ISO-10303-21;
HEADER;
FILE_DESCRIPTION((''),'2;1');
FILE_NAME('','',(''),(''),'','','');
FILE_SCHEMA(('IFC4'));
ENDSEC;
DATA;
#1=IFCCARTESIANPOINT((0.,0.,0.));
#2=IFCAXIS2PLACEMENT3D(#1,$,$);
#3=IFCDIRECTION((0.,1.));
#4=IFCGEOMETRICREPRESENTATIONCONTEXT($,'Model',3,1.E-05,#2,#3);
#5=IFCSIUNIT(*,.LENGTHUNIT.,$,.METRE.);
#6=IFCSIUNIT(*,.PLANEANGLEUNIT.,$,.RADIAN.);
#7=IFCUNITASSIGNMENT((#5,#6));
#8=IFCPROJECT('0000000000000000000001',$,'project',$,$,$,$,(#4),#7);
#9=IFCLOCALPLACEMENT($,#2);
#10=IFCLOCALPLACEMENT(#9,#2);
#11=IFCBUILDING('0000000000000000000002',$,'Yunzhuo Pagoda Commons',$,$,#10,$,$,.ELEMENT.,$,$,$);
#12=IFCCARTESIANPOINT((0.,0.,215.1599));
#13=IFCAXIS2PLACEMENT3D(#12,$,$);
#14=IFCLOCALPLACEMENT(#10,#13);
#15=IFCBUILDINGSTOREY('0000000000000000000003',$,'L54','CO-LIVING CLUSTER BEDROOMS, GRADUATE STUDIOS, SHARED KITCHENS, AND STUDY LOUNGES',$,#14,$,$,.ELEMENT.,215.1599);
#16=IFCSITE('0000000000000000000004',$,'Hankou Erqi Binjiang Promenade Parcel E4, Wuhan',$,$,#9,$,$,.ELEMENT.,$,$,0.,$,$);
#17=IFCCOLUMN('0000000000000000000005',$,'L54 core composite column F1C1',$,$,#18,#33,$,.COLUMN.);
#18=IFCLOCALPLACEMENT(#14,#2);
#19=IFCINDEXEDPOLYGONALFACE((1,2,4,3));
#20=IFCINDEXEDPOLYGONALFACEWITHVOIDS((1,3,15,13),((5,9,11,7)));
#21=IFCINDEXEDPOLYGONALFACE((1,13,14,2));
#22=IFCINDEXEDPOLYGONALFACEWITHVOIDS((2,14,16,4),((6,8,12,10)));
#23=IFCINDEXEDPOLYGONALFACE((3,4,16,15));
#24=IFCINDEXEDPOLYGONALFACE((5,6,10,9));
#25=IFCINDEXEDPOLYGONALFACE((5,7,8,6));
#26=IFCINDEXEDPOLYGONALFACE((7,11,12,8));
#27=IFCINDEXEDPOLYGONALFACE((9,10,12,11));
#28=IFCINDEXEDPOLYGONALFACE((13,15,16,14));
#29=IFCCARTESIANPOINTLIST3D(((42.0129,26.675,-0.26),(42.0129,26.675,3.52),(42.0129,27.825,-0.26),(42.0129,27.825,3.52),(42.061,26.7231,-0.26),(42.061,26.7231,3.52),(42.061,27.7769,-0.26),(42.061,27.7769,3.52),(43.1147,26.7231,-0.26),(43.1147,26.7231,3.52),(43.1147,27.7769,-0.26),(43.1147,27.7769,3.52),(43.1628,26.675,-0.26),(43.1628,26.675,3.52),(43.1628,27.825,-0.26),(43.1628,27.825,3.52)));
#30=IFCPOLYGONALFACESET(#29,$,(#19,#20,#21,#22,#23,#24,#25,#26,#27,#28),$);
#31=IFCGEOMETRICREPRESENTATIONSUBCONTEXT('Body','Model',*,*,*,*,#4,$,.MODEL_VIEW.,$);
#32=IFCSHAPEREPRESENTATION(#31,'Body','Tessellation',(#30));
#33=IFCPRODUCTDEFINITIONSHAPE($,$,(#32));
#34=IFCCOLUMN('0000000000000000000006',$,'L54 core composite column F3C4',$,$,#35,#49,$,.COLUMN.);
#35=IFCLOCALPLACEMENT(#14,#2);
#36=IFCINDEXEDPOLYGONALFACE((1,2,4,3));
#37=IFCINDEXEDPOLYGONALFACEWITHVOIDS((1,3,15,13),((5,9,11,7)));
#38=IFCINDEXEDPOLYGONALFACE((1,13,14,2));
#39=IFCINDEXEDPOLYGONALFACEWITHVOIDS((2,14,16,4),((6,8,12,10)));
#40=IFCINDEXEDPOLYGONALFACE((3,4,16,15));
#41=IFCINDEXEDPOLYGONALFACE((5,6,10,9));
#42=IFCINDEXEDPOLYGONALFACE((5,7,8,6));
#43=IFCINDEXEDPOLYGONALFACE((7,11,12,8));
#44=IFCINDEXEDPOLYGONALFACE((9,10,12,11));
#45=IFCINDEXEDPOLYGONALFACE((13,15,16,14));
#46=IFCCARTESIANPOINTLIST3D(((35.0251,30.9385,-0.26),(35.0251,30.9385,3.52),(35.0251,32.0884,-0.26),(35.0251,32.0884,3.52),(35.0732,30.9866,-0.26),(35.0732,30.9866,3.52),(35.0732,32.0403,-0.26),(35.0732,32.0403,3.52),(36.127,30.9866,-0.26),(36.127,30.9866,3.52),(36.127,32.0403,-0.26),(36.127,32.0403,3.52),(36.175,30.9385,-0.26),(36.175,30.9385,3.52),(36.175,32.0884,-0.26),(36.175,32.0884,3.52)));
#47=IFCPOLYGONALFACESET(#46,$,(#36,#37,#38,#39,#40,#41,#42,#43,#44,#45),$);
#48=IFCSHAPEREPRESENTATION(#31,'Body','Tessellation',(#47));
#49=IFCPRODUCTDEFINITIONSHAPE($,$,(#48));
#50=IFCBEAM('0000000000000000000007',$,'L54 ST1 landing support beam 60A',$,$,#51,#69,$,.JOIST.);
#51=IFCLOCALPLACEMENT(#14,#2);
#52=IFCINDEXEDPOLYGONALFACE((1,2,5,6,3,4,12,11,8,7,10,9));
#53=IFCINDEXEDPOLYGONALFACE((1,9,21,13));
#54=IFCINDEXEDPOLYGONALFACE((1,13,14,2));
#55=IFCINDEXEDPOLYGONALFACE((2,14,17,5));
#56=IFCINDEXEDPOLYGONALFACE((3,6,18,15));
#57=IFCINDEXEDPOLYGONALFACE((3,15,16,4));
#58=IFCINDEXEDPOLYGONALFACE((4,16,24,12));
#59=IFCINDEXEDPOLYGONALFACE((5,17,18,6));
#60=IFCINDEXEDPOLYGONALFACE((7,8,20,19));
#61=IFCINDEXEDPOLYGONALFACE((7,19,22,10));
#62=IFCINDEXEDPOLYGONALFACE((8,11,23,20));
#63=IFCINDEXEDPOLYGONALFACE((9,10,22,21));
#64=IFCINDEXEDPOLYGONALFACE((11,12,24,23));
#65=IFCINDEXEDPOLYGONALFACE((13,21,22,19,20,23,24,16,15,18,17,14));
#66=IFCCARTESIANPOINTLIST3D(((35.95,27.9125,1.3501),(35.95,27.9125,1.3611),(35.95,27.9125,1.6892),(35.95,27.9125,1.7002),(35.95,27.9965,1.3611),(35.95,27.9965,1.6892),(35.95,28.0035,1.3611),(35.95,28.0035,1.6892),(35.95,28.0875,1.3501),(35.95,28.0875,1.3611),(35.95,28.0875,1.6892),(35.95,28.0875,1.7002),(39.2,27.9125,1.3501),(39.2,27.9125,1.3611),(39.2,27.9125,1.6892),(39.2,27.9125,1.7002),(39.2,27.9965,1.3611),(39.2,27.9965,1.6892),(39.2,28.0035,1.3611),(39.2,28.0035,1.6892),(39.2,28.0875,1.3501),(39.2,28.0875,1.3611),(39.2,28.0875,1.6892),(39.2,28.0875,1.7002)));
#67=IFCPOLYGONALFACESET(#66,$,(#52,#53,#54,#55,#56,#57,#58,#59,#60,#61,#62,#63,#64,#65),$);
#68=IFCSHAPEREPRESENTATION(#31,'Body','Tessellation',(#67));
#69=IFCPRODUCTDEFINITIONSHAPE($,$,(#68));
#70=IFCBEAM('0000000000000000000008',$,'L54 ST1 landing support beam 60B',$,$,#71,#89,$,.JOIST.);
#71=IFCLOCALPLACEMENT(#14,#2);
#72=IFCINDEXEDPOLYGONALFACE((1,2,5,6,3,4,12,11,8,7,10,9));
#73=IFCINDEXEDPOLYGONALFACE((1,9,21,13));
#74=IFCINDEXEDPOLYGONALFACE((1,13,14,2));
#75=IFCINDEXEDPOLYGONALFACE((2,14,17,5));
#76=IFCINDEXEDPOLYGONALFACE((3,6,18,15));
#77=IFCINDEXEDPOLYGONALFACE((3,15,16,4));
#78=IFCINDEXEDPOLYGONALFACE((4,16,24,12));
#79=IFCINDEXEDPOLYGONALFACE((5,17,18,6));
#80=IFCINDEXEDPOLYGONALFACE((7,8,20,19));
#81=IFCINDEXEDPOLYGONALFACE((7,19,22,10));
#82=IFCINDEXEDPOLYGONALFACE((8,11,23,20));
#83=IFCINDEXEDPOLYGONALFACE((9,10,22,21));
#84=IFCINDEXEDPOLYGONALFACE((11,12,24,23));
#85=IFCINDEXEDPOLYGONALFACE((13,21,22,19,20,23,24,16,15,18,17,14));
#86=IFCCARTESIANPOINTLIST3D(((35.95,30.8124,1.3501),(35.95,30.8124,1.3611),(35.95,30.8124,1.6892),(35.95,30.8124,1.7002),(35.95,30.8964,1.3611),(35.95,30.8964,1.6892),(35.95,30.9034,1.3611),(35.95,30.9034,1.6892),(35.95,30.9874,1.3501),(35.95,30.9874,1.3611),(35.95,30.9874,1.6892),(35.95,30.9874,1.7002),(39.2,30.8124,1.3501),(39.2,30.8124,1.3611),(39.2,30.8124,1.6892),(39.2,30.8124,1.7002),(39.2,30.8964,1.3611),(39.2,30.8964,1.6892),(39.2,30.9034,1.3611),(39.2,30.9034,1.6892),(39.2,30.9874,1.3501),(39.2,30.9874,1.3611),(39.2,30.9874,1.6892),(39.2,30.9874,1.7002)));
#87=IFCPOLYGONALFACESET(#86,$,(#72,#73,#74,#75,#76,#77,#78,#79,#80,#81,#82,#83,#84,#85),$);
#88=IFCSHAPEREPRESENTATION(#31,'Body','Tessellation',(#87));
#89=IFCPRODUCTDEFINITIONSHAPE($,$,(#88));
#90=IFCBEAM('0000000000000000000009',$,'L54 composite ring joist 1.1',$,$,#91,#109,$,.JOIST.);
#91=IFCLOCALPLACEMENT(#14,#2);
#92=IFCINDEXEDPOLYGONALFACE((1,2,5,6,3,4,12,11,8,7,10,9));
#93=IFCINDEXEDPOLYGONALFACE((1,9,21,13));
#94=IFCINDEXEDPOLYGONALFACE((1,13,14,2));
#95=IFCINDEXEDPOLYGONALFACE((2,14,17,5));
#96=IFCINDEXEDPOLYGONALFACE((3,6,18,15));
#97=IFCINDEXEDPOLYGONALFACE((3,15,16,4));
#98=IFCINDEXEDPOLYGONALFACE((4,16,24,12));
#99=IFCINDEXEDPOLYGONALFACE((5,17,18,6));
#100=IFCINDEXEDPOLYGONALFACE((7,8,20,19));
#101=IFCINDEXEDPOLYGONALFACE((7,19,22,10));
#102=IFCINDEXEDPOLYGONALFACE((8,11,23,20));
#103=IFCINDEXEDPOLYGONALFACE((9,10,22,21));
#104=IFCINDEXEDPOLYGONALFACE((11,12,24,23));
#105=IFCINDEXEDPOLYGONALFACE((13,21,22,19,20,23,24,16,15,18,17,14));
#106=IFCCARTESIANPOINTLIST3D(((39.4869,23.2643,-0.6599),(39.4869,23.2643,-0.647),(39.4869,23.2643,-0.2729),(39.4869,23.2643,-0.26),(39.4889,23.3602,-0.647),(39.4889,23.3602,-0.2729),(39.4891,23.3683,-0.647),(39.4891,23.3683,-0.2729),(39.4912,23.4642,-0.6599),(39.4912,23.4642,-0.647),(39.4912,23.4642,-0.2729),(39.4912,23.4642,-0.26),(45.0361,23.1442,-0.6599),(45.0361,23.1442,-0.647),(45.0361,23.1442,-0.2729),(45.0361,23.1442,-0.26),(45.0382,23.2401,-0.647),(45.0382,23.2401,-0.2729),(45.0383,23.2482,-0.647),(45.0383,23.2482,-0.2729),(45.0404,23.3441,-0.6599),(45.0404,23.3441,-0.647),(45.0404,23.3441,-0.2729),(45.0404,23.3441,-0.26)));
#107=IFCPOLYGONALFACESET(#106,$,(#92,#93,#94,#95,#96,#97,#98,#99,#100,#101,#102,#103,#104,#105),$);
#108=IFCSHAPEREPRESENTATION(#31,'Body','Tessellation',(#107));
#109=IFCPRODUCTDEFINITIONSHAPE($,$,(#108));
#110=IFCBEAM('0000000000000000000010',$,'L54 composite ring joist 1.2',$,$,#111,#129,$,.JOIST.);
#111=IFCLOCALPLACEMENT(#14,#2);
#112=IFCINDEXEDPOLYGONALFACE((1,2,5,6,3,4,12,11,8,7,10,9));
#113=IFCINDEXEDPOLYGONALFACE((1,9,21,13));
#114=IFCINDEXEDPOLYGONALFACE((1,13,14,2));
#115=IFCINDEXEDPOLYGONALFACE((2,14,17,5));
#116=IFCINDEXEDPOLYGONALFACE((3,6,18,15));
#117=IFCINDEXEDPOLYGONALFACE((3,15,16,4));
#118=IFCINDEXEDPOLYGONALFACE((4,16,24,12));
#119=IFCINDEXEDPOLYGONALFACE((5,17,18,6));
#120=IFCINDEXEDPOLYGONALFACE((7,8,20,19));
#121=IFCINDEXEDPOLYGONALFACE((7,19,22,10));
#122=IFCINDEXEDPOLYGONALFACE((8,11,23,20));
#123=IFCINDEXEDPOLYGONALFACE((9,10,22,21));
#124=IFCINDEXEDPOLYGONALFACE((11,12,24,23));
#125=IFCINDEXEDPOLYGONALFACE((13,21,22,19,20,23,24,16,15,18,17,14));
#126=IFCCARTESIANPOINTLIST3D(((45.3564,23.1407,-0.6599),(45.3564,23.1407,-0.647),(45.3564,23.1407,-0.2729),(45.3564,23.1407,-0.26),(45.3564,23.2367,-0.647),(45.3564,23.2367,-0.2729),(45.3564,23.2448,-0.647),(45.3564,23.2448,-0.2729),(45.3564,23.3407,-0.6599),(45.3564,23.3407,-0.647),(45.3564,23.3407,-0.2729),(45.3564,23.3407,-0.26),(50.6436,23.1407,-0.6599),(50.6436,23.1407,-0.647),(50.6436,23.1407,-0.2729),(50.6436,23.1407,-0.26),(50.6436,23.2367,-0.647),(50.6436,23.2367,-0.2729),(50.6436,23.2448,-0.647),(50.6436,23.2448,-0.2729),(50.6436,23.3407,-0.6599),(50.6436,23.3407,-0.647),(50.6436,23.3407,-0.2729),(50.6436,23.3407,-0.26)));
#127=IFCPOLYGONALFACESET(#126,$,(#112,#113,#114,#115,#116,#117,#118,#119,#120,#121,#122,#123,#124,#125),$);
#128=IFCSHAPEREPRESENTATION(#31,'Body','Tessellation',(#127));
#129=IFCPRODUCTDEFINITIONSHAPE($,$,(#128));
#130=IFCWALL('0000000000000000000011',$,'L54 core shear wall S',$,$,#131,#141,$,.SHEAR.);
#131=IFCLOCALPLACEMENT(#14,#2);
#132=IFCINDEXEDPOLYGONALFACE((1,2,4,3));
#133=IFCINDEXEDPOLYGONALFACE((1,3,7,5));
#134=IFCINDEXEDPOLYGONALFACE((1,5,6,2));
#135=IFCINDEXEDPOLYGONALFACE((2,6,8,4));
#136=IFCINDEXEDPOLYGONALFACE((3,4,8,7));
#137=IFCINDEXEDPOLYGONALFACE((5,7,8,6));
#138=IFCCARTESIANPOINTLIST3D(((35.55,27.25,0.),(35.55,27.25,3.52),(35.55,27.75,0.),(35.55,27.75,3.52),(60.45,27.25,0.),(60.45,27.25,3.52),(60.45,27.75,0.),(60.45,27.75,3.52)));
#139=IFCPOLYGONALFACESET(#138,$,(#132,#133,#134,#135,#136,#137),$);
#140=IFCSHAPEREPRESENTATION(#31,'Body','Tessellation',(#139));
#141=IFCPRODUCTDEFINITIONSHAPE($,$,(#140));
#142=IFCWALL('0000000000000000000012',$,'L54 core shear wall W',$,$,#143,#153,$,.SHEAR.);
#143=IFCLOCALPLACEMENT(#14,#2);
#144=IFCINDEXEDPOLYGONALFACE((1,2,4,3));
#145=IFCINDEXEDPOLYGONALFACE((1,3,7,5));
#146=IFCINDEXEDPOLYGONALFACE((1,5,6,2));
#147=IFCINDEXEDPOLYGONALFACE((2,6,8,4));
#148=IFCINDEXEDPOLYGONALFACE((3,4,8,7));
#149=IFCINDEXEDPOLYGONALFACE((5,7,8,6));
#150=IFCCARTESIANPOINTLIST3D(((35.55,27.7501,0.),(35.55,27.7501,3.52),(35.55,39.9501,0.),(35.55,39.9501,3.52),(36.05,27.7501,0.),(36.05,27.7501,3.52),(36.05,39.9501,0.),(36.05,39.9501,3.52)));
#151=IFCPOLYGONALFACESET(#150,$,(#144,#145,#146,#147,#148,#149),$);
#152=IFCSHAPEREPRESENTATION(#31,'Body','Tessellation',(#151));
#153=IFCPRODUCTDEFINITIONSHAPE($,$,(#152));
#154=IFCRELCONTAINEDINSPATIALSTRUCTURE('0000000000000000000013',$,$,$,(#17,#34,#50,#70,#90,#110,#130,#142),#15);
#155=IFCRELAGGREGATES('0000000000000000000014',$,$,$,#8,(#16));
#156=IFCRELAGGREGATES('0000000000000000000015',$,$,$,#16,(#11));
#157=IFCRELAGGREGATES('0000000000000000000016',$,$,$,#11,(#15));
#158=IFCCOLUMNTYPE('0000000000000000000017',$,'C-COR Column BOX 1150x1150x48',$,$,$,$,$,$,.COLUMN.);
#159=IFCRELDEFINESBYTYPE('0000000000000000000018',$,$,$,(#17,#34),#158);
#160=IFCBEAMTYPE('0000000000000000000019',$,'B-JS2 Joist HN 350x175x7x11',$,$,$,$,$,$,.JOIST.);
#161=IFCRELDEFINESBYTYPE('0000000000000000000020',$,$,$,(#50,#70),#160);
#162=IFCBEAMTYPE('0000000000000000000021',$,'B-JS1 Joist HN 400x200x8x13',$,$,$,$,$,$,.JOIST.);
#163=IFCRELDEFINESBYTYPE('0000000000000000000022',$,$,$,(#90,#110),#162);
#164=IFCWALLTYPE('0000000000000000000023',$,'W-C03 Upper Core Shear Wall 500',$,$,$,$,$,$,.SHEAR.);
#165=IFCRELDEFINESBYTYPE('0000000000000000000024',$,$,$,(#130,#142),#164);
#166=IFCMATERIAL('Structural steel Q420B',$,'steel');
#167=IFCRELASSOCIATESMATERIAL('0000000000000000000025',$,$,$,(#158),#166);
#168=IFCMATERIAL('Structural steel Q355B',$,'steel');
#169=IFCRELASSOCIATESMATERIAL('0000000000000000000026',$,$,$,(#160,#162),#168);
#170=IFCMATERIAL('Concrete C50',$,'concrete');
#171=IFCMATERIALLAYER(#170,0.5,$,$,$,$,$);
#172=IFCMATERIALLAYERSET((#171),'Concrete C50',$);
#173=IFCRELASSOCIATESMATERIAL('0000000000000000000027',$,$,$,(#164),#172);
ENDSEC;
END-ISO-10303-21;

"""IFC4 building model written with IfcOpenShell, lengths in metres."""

from ifc_helpers import new_model, si_unit, direction, frame, frame_2d, origin, origin_2d, place, context, subcontext, project, spatial, rectangle, hollow_rectangle, i_section, extrude, source, transform, mapped, material, layer, layer_set, material_profile, profile_set, type_object, element, save


model = new_model("IFC4")

# Units and contexts
model_context = context("Model", 3, precision=1e-05, world=origin(), true_north=direction((0.0, 1.0)))
body_context = subcontext(model_context, "Body", "Model", "MODEL_VIEW")
ifc_project = project(units=[si_unit("LENGTHUNIT", "METRE"), si_unit("PLANEANGLEUNIT", "RADIAN")], contexts=[model_context])

# Site, building, storey
site_placement = place(None, origin())
site = spatial("IfcSite", under=ifc_project, at=site_placement, Name="Hankou Erqi Binjiang Promenade Parcel E4, Wuhan", CompositionType="ELEMENT", RefElevation=0.0)
building_placement = place(site_placement, origin())
building = spatial("IfcBuilding", under=site, at=building_placement, Name="Yunzhuo Pagoda Commons", CompositionType="ELEMENT")
storey_placement = place(building_placement, frame((0.0, 0.0, 215.1599)))
storey = spatial("IfcBuildingStorey", under=building, at=storey_placement, Name="L54", Description="CO-LIVING CLUSTER BEDROOMS, GRADUATE STUDIOS, SHARED KITCHENS, AND STUDY LOUNGES", CompositionType="ELEMENT", Elevation=215.1599)

# Columns
ifc_material_1 = material(Name="Structural steel Q420B", Category="steel")
ifc_material_profile_1 = material_profile(ifc_material_1, hollow_rectangle(XDim=1.1499, YDim=1.1499, WallThickness=0.0481, at=origin_2d()), Name="Structural steel Q420B")
ifc_profile_set_1 = profile_set([ifc_material_profile_1], Name="Structural steel Q420B")
column_type = type_object("IfcColumnType", Name="C-COR Column BOX 1150x1150x48", PredefinedType="COLUMN", material=ifc_profile_set_1)
shared_shape_1 = source(origin(), body_context, "Body", "SweptSolid", [
    extrude(hollow_rectangle(XDim=1.1499, YDim=1.1499, WallThickness=0.0481, at=origin_2d()), origin(), (0.0, 0.0, 1.0), 3.78),
])
for number, where, z_axis, x_axis, name in (
    (1, (42.5879, 27.25, -0.26), (0.0, 0.0, 1.0), (1.0, 0.0, 0.0), "L54 core composite column F1C1"),
    (2, (35.6001, 31.5134, -0.26), (0.0, 0.0, 1.0), (1.0, 0.0, 0.0), "L54 core composite column F3C4"),
):
    element("IfcColumn", number, at=place(storey_placement, frame(where, z_axis=z_axis, x_axis=x_axis)), inside=storey, type_object=column_type, Name=name, PredefinedType="COLUMN", context=body_context, shape_type="MappedRepresentation", body=[
        mapped(shared_shape_1, transform((0.0, 0.0, 0.0), scale=1.0)),
    ])

# Beams
ifc_material_2 = material(Name="Structural steel Q355B", Category="steel")
ifc_material_profile_2 = material_profile(ifc_material_2, i_section(OverallWidth=0.175, OverallDepth=0.3501, WebThickness=0.0071, FlangeThickness=0.011, at=origin_2d()), Name="Structural steel Q355B")
ifc_profile_set_2 = profile_set([ifc_material_profile_2], Name="Structural steel Q355B")
beam_type_1 = type_object("IfcBeamType", Name="B-JS2 Joist HN 350x175x7x11", PredefinedType="JOIST", material=ifc_profile_set_2)
shared_shape_2 = source(origin(), body_context, "Body", "SweptSolid", [
    extrude(i_section(OverallWidth=0.175, OverallDepth=0.3501, WebThickness=0.0071, FlangeThickness=0.011, at=origin_2d()), origin(), (0.0, 0.0, 1.0), 3.25),
])
for number, where, z_axis, x_axis, name in (
    (3, (35.95, 28.0, 1.5251), (1.0, 0.0, 0.0), (0.0, 1.0, 0.0), "L54 ST1 landing support beam 60A"),
    (4, (35.95, 30.8999, 1.5251), (1.0, 0.0, 0.0), (0.0, 1.0, 0.0), "L54 ST1 landing support beam 60B"),
):
    element("IfcBeam", number, at=place(storey_placement, frame(where, z_axis=z_axis, x_axis=x_axis)), inside=storey, type_object=beam_type_1, Name=name, PredefinedType="JOIST", context=body_context, shape_type="MappedRepresentation", body=[
        mapped(shared_shape_2, transform((0.0, 0.0, 0.0), scale=1.0)),
    ])
ifc_material_profile_3 = material_profile(ifc_material_2, i_section(OverallWidth=0.2, OverallDepth=0.3999, WebThickness=0.0081, FlangeThickness=0.0129, at=origin_2d()), Name="Structural steel Q355B")
ifc_profile_set_3 = profile_set([ifc_material_profile_3], Name="Structural steel Q355B")
beam_type_2 = type_object("IfcBeamType", Name="B-JS1 Joist HN 400x200x8x13", PredefinedType="JOIST", material=ifc_profile_set_3)
shared_shape_3 = source(origin(), body_context, "Body", "SweptSolid", [
    extrude(i_section(OverallWidth=0.2, OverallDepth=0.3999, WebThickness=0.0081, FlangeThickness=0.0129, at=origin_2d()), origin(), (0.0, 0.0, 1.0), 5.5505),
])
beam_1_placement = place(storey_placement, frame((39.489, 23.3643, -0.46), z_axis=(0.999766, -0.02164, 0.0), x_axis=(0.02164, 0.999766, 0.0)))
element("IfcBeam", 5, at=beam_1_placement, inside=storey, type_object=beam_type_2, Name="L54 composite ring joist 1.1", PredefinedType="JOIST", context=body_context, shape_type="MappedRepresentation", body=[
    mapped(shared_shape_3, transform((0.0, 0.0, 0.0), scale=1.0)),
])
shared_shape_4 = source(origin(), body_context, "Body", "SweptSolid", [
    extrude(i_section(OverallWidth=0.2, OverallDepth=0.3999, WebThickness=0.0081, FlangeThickness=0.0129, at=origin_2d()), origin(), (0.0, 0.0, 1.0), 5.2871),
])
beam_2_placement = place(storey_placement, frame((45.3564, 23.2407, -0.46), z_axis=(1.0, 0.0, 0.0), x_axis=(0.0, 1.0, 0.0)))
element("IfcBeam", 6, at=beam_2_placement, inside=storey, type_object=beam_type_2, Name="L54 composite ring joist 1.2", PredefinedType="JOIST", context=body_context, shape_type="MappedRepresentation", body=[
    mapped(shared_shape_4, transform((0.0, 0.0, 0.0), scale=1.0)),
])

# Walls
ifc_material_3 = material(Name="Concrete C50", Category="concrete")
ifc_layer_1 = layer(ifc_material_3, 0.5)
ifc_layer_set_1 = layer_set([ifc_layer_1], Name="Concrete C50")
wall_type_1 = type_object("IfcWallType", Name="W-C03 Upper Core Shear Wall 500", PredefinedType="SHEAR", material=ifc_layer_set_1)
wall_1_placement = place(storey_placement, frame((35.55, 27.5, 0.0), z_axis=(0.0, 0.0, 1.0), x_axis=(1.0, 0.0, 0.0)))
element("IfcWall", 7, at=wall_1_placement, inside=storey, type_object=wall_type_1, Name="L54 core shear wall S", PredefinedType="SHEAR", context=body_context, shape_type="SweptSolid", body=[
    extrude(rectangle(XDim=24.8999, YDim=0.5, at=frame_2d((12.45, 0.0))), origin(), (0.0, 0.0, 1.0), 3.52),
])
wall_2_placement = place(storey_placement, frame((35.8, 27.75, 0.0), z_axis=(0.0, 0.0, 1.0), x_axis=(0.0, 1.0, 0.0)))
element("IfcWall", 8, at=wall_2_placement, inside=storey, type_object=wall_type_1, Name="L54 core shear wall W", PredefinedType="SHEAR", context=body_context, shape_type="SweptSolid", body=[
    extrude(rectangle(XDim=12.2, YDim=0.5, at=frame_2d((6.1001, 0.0))), origin(), (0.0, 0.0, 1.0), 3.52),
])

save(model, "model.ifc")
